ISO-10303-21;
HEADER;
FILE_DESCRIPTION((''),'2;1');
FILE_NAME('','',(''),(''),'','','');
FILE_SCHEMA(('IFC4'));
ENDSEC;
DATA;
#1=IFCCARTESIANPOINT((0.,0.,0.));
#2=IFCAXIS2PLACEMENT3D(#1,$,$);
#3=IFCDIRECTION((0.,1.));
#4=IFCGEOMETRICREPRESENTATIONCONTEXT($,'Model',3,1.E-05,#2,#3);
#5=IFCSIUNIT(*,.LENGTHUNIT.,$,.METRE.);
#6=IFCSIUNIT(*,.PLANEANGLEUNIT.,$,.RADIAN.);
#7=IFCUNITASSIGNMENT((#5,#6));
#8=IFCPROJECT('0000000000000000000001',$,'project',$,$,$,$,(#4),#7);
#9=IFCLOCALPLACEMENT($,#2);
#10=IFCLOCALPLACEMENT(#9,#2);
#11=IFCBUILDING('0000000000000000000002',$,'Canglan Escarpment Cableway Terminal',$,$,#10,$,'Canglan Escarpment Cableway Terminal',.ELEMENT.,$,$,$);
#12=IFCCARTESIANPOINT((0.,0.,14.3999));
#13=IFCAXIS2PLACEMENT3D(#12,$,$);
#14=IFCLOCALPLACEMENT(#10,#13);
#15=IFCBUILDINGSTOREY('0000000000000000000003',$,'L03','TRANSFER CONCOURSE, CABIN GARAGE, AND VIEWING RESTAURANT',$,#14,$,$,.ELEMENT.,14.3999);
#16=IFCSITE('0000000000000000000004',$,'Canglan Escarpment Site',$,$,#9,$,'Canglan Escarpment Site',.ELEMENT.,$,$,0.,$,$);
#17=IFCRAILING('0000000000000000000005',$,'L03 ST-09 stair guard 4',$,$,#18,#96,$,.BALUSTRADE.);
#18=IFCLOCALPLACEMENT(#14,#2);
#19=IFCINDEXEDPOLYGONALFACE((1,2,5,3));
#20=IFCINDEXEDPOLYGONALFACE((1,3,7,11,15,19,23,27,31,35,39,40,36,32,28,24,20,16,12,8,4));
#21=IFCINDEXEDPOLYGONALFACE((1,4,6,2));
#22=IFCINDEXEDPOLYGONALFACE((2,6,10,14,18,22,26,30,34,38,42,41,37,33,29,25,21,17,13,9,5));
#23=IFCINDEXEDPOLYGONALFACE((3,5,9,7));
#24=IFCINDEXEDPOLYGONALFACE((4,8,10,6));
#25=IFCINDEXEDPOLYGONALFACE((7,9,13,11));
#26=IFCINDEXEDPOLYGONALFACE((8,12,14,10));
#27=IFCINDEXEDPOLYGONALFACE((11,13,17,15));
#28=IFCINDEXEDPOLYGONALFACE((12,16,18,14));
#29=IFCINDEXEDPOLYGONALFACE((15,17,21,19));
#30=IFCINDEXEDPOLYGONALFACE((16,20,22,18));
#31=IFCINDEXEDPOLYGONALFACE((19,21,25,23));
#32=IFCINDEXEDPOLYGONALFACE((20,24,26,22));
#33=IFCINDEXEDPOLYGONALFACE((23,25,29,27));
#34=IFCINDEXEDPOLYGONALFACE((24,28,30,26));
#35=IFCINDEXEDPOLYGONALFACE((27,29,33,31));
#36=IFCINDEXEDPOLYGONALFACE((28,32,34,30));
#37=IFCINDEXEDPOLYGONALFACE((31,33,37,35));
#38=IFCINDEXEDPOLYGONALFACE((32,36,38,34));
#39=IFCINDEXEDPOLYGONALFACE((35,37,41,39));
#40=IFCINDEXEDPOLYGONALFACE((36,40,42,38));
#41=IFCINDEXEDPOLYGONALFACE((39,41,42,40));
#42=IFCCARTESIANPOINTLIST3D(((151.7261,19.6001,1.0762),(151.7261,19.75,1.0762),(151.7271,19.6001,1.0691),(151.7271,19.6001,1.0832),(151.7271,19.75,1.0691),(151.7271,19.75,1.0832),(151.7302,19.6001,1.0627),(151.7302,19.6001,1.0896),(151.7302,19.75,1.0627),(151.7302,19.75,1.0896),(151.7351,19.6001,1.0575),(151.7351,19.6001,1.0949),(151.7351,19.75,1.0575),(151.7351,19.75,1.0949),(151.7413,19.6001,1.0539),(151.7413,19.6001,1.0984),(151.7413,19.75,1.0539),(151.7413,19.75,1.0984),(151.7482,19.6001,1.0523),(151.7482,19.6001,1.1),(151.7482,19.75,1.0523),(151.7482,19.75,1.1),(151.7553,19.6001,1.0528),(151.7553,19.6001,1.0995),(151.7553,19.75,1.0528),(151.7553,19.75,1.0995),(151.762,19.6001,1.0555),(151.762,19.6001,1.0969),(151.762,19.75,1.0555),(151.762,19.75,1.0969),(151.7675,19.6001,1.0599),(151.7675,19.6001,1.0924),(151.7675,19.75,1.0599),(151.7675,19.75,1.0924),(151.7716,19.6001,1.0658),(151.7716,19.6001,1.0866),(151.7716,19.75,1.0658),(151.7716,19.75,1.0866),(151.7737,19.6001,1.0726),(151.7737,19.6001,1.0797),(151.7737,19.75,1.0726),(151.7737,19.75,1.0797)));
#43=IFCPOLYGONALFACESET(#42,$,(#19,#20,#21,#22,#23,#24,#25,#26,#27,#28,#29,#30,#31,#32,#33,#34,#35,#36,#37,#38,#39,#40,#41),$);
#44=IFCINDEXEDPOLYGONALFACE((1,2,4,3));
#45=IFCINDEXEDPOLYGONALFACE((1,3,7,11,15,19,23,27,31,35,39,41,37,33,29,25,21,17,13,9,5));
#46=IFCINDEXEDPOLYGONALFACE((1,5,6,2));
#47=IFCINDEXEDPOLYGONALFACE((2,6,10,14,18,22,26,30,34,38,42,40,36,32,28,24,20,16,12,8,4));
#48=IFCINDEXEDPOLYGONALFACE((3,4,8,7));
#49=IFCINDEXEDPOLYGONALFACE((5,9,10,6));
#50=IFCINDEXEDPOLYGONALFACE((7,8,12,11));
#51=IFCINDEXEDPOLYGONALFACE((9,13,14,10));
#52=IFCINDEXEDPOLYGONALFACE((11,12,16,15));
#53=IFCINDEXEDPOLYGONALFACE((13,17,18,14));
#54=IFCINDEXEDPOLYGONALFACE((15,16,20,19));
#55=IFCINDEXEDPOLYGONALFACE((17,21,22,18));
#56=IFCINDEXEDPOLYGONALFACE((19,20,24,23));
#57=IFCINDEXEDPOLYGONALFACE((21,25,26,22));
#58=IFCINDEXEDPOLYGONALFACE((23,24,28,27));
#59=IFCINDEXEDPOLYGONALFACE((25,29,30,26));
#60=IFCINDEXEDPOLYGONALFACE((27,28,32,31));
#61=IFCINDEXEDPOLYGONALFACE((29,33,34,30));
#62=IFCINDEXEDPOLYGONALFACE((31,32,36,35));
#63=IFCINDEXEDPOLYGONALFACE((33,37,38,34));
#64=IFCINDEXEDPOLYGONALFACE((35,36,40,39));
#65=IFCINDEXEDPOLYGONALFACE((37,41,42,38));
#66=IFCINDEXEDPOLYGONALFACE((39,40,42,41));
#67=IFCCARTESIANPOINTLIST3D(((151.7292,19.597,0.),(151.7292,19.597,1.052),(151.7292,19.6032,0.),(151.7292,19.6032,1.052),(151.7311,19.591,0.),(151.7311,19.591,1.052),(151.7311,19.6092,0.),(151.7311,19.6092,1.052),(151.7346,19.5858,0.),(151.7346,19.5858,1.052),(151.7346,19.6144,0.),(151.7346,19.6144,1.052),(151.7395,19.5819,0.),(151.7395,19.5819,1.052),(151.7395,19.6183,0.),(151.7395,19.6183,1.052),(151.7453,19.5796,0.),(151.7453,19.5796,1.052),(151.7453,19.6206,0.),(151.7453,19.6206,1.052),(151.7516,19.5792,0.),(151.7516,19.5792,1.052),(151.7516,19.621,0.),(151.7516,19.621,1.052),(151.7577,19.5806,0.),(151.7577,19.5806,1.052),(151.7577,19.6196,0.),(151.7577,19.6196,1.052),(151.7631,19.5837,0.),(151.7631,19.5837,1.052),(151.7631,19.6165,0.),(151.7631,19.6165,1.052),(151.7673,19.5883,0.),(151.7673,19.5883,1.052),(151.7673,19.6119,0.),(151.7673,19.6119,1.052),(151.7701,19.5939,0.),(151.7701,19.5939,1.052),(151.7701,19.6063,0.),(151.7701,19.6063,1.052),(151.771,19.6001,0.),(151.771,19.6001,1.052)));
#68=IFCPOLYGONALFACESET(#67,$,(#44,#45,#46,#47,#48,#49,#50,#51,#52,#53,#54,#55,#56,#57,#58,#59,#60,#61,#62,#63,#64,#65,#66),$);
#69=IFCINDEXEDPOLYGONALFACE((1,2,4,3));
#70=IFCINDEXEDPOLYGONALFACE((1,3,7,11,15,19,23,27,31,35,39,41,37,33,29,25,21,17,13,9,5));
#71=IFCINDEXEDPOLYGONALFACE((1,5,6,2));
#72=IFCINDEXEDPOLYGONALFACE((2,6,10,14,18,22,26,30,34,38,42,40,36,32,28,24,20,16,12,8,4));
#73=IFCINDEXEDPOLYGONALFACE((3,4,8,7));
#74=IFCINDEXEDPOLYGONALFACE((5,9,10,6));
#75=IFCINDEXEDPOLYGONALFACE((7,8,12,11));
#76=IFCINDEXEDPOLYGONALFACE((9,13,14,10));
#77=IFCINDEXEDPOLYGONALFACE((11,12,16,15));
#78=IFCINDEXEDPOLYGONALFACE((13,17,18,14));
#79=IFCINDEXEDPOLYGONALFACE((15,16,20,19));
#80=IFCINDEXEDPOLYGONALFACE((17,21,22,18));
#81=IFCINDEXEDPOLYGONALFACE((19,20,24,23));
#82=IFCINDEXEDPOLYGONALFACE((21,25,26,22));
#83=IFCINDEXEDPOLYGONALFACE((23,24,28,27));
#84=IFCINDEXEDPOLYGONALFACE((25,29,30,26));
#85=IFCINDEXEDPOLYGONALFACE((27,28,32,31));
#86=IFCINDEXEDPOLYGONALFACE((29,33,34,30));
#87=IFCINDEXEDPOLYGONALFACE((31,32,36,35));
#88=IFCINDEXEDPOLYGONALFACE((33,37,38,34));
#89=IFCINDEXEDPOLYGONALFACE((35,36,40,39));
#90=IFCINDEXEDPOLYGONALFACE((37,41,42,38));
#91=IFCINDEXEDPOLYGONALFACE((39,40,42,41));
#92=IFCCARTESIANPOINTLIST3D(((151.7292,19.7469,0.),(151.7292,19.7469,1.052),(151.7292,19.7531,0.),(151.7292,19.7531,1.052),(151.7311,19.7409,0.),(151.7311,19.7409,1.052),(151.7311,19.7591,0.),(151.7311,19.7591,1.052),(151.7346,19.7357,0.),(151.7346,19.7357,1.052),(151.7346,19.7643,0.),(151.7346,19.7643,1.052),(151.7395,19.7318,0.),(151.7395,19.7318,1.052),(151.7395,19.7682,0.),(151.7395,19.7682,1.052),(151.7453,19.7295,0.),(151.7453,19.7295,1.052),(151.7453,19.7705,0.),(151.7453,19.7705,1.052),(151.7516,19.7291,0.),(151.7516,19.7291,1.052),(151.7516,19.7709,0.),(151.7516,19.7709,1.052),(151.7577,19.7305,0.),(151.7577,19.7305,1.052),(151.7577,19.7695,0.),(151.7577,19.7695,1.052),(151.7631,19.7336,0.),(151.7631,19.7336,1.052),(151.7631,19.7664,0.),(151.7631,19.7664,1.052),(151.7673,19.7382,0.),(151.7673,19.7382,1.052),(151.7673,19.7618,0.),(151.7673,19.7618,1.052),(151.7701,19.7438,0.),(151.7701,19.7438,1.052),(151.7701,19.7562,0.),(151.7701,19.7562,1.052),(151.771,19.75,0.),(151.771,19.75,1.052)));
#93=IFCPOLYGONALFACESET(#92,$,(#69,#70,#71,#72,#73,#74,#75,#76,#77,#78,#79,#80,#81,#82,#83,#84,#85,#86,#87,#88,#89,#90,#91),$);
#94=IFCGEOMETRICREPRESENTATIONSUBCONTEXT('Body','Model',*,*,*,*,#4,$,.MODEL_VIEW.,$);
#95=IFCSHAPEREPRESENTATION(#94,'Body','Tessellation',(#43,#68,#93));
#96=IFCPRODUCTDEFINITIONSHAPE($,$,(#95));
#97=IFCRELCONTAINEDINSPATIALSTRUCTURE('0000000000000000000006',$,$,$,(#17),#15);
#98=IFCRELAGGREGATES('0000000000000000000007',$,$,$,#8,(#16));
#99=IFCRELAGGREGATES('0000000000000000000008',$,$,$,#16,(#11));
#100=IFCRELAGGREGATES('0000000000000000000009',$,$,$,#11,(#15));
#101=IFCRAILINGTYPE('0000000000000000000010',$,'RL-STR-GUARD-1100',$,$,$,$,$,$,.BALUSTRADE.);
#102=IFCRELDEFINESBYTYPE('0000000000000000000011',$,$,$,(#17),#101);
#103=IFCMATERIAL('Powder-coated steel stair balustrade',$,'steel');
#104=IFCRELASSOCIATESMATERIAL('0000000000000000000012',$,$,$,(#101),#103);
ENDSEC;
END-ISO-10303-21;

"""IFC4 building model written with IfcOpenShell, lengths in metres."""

from ifc_helpers import new_model, si_unit, direction, frame, origin, origin_2d, place, context, subcontext, project, spatial, circle, extrude, material, type_object, element, save


model = new_model("IFC4")

# Units and contexts
model_context = context("Model", 3, precision=1e-05, world=origin(), true_north=direction((0.0, 1.0)))
body_context = subcontext(model_context, "Body", "Model", "MODEL_VIEW")
ifc_project = project(units=[si_unit("LENGTHUNIT", "METRE"), si_unit("PLANEANGLEUNIT", "RADIAN")], contexts=[model_context])

# Site, building, storey
site_placement = place(None, origin())
site = spatial("IfcSite", under=ifc_project, at=site_placement, Name="Canglan Escarpment Site", LongName="Canglan Escarpment Site", CompositionType="ELEMENT", RefElevation=0.0)
building_placement = place(site_placement, origin())
building = spatial("IfcBuilding", under=site, at=building_placement, Name="Canglan Escarpment Cableway Terminal", LongName="Canglan Escarpment Cableway Terminal", CompositionType="ELEMENT")
storey_placement = place(building_placement, frame((0.0, 0.0, 14.3999)))
storey = spatial("IfcBuildingStorey", under=building, at=storey_placement, Name="L03", Description="TRANSFER CONCOURSE, CABIN GARAGE, AND VIEWING RESTAURANT", CompositionType="ELEMENT", Elevation=14.3999)

# Railing
ifc_material_1 = material(Name="Powder-coated steel stair balustrade", Category="steel")
railing_type_1 = type_object("IfcRailingType", Name="RL-STR-GUARD-1100", PredefinedType="BALUSTRADE", material=ifc_material_1)
railing_1_placement = place(storey_placement, frame((151.75, 19.6001, 0.0)))
element("IfcRailing", 1, at=railing_1_placement, inside=storey, type_object=railing_type_1, Name="L03 ST-09 stair guard 4", PredefinedType="BALUSTRADE", context=body_context, shape_type="SweptSolid", body=[
    extrude(circle(Radius=0.0239, at=origin_2d()), frame((0.0, 0.0, 1.0762), z_axis=(0.0, 1.0, 0.0), x_axis=(-1.0, 0.0, 0.0)), (0.0, 0.0, 1.0), 0.1499),
    extrude(circle(Radius=0.021, at=origin_2d()), origin(), (0.0, 0.0, 1.0), 1.052),
    extrude(circle(Radius=0.021, at=origin_2d()), frame((0.0, 0.1499, 0.0)), (0.0, 0.0, 1.0), 1.052),
])

save(model, "model.ifc")
